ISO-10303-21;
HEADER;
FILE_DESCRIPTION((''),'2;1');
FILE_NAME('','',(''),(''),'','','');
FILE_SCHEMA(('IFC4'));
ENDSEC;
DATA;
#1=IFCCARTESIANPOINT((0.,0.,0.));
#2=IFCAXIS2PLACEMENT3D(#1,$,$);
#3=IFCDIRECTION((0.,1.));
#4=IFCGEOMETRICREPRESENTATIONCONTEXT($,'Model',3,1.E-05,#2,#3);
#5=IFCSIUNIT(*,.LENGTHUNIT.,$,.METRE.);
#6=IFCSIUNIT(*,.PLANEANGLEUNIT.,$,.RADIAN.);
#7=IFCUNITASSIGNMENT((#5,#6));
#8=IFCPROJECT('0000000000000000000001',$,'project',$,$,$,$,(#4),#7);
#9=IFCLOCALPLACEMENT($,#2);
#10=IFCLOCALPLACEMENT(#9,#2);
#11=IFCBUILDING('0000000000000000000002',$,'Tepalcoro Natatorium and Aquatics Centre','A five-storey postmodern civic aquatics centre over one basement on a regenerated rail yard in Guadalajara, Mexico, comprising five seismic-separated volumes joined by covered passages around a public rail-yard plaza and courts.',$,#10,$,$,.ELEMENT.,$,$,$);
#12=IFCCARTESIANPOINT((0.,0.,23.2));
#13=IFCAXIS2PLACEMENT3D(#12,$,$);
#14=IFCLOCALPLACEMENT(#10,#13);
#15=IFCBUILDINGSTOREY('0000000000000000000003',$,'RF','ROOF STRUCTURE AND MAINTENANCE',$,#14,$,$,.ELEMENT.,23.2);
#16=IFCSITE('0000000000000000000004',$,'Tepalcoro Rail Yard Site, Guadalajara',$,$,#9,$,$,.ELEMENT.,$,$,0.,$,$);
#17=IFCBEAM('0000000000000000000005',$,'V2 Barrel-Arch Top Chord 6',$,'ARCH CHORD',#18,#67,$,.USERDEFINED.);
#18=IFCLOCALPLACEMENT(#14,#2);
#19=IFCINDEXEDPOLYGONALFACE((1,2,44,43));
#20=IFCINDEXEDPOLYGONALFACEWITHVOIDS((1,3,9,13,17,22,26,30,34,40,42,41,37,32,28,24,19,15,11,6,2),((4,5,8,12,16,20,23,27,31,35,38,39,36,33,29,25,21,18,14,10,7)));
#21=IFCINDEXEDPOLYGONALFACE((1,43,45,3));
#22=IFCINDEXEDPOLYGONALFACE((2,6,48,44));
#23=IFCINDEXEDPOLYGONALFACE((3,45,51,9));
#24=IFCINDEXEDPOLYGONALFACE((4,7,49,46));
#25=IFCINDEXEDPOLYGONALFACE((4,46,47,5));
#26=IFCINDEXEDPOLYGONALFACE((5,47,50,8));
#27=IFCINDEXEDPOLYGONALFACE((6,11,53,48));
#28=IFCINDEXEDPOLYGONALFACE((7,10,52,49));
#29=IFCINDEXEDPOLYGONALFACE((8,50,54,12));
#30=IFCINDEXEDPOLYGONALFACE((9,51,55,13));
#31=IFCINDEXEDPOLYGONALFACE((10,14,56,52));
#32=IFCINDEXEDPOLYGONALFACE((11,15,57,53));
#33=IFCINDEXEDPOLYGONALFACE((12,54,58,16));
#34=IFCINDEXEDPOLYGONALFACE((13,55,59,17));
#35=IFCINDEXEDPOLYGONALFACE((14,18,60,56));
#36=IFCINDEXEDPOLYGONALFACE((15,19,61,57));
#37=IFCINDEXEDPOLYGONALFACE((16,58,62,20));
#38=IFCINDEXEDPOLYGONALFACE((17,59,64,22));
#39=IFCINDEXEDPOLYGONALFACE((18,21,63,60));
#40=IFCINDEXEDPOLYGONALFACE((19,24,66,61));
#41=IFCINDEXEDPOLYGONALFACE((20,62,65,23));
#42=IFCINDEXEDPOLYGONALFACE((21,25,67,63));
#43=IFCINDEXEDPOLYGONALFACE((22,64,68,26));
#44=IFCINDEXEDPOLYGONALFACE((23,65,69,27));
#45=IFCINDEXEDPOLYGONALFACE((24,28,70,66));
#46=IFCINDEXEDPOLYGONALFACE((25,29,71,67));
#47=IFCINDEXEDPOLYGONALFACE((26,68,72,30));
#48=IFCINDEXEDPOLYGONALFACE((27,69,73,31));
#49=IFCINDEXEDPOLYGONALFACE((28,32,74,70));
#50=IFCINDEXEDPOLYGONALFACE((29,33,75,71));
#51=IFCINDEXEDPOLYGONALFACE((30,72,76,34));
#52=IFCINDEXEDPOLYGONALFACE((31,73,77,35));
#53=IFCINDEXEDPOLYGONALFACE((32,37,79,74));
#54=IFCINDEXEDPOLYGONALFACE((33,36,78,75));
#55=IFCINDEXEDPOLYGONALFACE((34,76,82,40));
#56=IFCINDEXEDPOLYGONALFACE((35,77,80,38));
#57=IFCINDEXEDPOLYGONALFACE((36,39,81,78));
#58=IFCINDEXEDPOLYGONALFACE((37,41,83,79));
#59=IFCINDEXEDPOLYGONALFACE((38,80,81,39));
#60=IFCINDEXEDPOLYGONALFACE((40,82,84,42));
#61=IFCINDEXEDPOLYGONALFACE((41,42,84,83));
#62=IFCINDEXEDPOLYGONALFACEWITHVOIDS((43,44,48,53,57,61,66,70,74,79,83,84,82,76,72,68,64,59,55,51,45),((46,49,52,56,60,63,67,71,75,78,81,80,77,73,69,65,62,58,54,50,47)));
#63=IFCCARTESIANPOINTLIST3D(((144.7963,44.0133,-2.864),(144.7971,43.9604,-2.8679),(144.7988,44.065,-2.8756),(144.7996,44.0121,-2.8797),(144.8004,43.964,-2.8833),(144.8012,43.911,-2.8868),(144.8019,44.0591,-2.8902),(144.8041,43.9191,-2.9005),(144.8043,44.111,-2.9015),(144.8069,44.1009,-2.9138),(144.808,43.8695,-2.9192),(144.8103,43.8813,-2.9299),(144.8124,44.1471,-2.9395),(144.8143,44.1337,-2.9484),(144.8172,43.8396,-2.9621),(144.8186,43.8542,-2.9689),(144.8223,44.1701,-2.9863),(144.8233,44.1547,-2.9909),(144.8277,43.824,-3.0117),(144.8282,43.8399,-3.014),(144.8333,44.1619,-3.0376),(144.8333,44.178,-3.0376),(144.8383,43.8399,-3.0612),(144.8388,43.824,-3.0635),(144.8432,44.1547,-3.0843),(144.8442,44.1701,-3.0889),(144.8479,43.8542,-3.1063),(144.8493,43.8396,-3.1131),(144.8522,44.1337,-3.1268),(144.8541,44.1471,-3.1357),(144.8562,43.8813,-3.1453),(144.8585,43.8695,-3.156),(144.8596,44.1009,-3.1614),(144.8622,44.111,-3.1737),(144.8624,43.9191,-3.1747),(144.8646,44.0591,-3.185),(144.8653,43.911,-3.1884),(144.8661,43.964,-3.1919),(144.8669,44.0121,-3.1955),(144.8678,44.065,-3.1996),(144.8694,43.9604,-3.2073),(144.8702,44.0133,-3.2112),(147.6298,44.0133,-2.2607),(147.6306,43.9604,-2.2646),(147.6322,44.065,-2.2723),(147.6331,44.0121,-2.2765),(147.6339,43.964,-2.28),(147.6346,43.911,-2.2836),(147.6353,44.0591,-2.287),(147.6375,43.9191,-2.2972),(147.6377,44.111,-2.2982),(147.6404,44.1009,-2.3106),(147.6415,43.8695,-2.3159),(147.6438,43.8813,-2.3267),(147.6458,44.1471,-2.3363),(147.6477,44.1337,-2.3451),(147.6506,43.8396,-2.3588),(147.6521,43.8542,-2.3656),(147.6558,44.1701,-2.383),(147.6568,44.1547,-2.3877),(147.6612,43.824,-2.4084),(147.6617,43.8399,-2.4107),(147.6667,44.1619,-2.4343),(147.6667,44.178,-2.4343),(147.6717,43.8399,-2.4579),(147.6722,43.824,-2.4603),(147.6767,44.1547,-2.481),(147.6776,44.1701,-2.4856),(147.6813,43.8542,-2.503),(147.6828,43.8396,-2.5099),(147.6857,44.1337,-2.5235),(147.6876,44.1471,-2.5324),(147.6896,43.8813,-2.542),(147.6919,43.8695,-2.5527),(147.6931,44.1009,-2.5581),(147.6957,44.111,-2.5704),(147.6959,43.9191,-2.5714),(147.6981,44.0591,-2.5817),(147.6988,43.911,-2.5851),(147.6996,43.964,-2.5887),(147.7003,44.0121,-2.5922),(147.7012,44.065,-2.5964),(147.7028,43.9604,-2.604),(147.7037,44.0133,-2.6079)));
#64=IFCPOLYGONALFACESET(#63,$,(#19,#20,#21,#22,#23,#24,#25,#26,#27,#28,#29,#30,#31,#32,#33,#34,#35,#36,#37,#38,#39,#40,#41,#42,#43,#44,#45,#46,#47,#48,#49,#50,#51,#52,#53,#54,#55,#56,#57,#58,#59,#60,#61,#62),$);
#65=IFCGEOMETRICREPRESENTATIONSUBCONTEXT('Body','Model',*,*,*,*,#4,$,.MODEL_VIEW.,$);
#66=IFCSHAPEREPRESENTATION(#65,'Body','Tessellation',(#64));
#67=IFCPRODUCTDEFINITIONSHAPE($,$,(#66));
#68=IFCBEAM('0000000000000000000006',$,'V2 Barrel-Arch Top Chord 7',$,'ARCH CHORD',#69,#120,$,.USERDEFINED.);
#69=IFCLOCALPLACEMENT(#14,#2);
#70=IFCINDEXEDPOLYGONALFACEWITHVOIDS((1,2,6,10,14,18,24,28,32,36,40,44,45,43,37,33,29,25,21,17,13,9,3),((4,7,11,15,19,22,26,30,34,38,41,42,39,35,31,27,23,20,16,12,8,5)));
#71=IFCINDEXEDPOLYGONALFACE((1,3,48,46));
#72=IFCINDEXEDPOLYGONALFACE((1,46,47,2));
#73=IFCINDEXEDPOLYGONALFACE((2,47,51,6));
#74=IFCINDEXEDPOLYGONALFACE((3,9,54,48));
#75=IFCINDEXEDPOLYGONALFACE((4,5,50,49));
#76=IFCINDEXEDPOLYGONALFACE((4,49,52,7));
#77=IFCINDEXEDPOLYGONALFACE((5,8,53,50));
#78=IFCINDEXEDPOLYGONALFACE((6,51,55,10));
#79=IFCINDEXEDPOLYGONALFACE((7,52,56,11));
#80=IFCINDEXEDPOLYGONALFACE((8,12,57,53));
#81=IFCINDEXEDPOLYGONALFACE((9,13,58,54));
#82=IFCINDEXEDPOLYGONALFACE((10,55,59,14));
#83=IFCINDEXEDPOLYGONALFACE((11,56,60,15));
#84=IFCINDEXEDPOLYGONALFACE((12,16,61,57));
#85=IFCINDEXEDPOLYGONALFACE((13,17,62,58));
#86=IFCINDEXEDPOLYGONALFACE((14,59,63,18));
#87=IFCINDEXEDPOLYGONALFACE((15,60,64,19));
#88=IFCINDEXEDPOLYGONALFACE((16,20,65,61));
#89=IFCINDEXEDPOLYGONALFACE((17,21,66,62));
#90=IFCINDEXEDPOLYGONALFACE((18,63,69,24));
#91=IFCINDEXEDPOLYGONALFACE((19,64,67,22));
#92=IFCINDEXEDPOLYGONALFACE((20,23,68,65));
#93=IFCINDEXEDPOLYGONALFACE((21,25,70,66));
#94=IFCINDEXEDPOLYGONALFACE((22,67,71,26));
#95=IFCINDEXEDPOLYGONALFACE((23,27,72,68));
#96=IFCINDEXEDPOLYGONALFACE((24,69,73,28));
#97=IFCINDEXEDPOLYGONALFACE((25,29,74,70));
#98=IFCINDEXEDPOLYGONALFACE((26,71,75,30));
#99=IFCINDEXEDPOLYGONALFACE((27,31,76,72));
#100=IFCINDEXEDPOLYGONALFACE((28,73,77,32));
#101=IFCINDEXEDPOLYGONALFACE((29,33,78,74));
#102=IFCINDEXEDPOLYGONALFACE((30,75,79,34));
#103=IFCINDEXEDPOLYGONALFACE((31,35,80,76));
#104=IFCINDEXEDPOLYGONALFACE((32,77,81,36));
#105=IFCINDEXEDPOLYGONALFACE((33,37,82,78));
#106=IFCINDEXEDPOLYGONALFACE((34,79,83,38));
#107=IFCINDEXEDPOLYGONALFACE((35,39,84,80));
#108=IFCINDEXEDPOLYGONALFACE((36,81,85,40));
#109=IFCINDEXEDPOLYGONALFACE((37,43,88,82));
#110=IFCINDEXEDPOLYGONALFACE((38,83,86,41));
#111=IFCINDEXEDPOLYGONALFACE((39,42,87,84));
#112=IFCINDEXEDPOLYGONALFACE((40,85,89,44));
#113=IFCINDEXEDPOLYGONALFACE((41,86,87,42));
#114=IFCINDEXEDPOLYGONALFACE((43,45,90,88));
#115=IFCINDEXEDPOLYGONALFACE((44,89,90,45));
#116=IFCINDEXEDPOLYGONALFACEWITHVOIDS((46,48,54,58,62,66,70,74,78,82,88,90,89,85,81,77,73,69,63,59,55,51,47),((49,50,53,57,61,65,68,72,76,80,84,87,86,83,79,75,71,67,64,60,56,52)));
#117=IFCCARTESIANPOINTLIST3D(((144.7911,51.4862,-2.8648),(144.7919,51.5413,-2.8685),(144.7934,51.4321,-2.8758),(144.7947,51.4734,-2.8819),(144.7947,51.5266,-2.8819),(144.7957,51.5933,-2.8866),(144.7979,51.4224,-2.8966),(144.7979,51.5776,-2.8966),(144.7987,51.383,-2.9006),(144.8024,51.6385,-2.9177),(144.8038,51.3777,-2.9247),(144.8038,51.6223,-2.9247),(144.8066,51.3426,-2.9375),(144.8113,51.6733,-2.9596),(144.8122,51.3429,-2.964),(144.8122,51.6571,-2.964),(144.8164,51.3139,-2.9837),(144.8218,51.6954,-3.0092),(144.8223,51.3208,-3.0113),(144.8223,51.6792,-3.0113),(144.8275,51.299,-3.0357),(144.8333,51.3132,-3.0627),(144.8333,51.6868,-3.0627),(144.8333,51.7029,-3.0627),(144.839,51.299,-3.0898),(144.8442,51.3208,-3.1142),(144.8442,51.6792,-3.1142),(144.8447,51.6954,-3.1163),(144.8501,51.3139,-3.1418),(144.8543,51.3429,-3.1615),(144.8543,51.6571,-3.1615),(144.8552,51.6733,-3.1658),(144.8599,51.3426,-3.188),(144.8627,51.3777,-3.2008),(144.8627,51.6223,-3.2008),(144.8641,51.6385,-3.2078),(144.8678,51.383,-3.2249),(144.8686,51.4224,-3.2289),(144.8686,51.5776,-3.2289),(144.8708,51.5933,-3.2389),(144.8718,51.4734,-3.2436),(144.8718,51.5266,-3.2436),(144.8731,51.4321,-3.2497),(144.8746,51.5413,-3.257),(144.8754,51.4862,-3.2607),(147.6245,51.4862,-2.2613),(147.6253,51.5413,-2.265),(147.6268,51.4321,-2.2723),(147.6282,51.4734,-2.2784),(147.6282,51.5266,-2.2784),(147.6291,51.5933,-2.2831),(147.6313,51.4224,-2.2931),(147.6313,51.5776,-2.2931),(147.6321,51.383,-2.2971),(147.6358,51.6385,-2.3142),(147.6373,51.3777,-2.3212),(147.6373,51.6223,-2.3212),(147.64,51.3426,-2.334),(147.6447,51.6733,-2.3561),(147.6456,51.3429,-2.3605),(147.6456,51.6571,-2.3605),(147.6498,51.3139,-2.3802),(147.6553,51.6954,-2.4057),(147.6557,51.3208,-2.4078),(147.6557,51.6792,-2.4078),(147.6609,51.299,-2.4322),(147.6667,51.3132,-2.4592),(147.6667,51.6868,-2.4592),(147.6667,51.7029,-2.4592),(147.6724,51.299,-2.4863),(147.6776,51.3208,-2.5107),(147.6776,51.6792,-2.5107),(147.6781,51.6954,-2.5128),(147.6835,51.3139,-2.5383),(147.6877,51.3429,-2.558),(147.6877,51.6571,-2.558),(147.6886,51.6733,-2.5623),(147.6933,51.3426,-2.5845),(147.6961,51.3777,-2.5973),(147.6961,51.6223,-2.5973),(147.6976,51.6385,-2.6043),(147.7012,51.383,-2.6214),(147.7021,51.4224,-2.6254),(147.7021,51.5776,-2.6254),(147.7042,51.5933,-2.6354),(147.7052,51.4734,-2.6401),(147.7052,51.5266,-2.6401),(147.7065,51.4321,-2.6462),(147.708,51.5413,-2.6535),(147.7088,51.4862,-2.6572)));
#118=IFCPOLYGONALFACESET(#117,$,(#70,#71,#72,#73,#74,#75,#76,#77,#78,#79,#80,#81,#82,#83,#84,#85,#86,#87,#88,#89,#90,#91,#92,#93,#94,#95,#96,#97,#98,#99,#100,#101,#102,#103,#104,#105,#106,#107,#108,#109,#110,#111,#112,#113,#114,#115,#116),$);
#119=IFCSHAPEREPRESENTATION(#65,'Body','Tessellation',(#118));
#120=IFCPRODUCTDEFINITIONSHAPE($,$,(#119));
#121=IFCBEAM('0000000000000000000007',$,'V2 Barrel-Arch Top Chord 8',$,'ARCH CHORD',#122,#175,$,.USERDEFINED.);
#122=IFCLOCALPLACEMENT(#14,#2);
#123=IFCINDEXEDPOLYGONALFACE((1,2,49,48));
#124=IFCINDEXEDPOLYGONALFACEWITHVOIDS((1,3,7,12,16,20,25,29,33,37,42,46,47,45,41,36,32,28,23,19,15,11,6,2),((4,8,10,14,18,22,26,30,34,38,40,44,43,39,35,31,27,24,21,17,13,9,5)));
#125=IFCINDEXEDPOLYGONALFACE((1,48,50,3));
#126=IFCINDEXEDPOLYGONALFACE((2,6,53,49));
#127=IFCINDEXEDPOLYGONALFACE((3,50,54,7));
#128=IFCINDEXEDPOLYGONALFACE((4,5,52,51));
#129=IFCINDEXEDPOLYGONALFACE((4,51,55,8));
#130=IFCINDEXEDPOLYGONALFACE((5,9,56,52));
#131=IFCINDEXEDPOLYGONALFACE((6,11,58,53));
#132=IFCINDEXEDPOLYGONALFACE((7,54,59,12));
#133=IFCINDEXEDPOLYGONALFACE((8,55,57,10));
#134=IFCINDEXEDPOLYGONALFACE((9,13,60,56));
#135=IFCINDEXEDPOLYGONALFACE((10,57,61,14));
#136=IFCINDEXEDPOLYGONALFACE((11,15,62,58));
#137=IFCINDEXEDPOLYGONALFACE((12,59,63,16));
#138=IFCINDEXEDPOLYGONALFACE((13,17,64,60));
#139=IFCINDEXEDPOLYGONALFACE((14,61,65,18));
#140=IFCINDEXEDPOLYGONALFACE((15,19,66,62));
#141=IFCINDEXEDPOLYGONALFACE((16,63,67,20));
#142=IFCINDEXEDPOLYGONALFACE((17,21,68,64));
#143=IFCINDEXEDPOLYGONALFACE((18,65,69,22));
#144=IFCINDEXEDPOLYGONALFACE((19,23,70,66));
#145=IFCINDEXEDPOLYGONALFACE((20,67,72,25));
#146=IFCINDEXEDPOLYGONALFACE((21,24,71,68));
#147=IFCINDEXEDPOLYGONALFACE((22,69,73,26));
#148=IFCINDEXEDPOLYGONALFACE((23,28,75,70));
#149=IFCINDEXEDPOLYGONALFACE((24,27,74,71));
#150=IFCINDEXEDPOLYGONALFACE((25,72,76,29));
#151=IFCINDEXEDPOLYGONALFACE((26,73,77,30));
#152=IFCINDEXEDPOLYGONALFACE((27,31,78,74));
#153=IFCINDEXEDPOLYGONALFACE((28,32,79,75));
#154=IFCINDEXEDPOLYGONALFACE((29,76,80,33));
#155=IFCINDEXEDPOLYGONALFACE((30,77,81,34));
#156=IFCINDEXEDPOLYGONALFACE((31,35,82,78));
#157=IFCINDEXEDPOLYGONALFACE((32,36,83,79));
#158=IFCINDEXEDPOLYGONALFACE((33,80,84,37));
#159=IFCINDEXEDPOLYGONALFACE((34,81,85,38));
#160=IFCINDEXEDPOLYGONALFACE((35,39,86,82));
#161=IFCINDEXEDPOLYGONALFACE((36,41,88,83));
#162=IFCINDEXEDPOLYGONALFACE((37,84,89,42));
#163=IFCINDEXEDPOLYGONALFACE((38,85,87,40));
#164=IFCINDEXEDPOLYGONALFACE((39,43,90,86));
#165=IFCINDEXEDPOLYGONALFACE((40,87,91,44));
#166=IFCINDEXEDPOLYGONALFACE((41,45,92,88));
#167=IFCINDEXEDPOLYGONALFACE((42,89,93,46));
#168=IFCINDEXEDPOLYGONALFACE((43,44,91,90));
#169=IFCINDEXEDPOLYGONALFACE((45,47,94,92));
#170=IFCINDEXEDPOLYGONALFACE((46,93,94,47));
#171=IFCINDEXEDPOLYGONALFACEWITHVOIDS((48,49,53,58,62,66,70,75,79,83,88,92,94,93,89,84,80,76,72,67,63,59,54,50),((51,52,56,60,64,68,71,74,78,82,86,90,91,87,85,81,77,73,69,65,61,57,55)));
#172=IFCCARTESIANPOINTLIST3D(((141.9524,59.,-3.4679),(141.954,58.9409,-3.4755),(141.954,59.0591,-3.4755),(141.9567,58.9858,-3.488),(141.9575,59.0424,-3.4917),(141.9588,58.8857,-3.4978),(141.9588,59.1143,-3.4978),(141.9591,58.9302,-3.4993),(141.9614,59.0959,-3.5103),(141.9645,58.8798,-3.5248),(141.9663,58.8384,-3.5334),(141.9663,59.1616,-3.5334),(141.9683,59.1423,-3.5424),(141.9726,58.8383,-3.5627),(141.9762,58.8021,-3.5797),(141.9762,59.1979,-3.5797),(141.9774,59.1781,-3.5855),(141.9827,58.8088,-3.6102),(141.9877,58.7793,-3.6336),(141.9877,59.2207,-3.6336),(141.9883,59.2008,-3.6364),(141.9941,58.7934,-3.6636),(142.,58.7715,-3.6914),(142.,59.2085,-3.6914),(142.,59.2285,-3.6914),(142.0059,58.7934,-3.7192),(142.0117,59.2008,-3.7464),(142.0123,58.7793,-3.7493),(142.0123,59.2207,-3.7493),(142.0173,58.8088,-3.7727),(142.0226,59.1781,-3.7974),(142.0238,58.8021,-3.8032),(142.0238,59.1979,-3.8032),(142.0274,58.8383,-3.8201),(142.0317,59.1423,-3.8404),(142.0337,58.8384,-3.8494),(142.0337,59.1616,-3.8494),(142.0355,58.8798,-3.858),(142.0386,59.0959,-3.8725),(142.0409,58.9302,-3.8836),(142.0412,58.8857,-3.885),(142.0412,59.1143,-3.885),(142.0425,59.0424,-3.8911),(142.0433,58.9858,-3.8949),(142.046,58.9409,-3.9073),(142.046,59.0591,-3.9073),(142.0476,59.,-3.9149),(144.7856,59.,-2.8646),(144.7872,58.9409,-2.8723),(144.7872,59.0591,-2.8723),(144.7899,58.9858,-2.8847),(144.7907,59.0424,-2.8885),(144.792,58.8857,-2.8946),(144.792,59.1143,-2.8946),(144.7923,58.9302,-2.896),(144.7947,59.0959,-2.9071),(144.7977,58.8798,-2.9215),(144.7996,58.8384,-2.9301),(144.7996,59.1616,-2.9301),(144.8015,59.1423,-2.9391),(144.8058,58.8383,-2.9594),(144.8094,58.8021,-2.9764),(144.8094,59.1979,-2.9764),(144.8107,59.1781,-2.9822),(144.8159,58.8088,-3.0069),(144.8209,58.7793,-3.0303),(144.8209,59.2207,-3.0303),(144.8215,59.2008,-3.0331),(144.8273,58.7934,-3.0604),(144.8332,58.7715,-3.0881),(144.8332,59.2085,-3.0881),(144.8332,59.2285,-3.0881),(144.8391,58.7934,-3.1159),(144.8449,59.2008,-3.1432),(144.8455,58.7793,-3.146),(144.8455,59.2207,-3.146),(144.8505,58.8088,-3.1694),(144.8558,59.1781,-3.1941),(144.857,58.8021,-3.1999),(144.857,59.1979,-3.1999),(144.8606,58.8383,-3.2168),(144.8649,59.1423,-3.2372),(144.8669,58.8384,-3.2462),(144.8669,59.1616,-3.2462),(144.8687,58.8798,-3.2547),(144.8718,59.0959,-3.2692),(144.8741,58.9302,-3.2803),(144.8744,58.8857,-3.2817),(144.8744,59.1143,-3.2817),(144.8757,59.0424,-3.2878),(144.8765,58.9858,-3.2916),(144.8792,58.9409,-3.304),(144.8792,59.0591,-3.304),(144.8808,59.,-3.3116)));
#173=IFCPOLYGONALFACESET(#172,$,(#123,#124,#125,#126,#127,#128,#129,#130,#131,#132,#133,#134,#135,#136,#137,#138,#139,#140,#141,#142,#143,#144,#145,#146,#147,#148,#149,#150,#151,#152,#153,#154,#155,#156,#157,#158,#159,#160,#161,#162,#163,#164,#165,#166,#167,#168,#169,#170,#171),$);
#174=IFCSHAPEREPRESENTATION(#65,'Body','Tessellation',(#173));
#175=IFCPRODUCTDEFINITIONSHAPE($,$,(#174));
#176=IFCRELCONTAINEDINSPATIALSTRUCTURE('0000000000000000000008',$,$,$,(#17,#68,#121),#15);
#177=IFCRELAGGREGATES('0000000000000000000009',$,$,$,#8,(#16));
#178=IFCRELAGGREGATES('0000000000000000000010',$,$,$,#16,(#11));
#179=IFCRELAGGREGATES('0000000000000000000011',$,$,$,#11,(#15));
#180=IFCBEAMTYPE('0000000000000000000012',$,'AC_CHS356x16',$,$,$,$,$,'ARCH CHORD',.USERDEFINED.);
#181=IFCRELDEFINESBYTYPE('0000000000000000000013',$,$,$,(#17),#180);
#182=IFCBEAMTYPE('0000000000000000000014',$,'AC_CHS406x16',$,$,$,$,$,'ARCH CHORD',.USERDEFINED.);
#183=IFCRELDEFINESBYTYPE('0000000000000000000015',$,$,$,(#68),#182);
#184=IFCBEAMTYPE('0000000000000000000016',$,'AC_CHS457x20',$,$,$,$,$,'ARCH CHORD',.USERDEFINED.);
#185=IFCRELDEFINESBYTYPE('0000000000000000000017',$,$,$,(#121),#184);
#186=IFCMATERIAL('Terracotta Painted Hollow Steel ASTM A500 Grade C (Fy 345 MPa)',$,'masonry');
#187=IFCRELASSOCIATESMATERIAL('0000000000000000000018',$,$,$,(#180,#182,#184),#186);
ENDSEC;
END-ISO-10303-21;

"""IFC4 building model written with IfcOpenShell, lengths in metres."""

from ifc_helpers import new_model, si_unit, direction, frame, origin, origin_2d, place, context, subcontext, project, spatial, hollow_circle, extrude, material, material_profile, profile_set, type_object, element, save


model = new_model("IFC4")

# Units and contexts
model_context = context("Model", 3, precision=1e-05, world=origin(), true_north=direction((0.0, 1.0)))
body_context = subcontext(model_context, "Body", "Model", "MODEL_VIEW")
ifc_project = project(units=[si_unit("LENGTHUNIT", "METRE"), si_unit("PLANEANGLEUNIT", "RADIAN")], contexts=[model_context])

# Site, building, storey
site_placement = place(None, origin())
site = spatial("IfcSite", under=ifc_project, at=site_placement, Name="Tepalcoro Rail Yard Site, Guadalajara", CompositionType="ELEMENT", RefElevation=0.0)
building_placement = place(site_placement, origin())
building = spatial("IfcBuilding", under=site, at=building_placement, Name="Tepalcoro Natatorium and Aquatics Centre", Description="A five-storey postmodern civic aquatics centre over one basement on a regenerated rail yard in Guadalajara, Mexico, comprising five seismic-separated volumes joined by covered passages around a public rail-yard plaza and courts.", CompositionType="ELEMENT")
storey_placement = place(building_placement, frame((0.0, 0.0, 23.2)))
storey = spatial("IfcBuildingStorey", under=building, at=storey_placement, Name="RF", Description="ROOF STRUCTURE AND MAINTENANCE", CompositionType="ELEMENT", Elevation=23.2)

# Beams
ifc_material_1 = material(Name="Terracotta Painted Hollow Steel ASTM A500 Grade C (Fy 345 MPa)", Category="masonry")
ifc_material_profile_1 = material_profile(ifc_material_1, hollow_circle(Radius=0.178, WallThickness=0.0161, at=origin_2d()), Name="CHS356X16")
ifc_profile_set_1 = profile_set([ifc_material_profile_1], Name="Terracotta Painted Hollow Steel ASTM A500 Grade C (Fy 345 MPa)")
beam_type_1 = type_object("IfcBeamType", Name="AC_CHS356x16", ElementType="ARCH CHORD", PredefinedType="USERDEFINED", material=ifc_profile_set_1)
beam_1_placement = place(storey_placement, frame((144.8333, 44.0, -3.0376), z_axis=(0.978078, 0.0, 0.20824), x_axis=(0.0, 1.0, 0.0)))
element("IfcBeam", 1, at=beam_1_placement, inside=storey, type_object=beam_type_1, Name="V2 Barrel-Arch Top Chord 6", ObjectType="ARCH CHORD", PredefinedType="USERDEFINED", context=body_context, shape_type="SweptSolid", body=[
    extrude(hollow_circle(Radius=0.178, WallThickness=0.0161, at=origin_2d()), origin(), (0.0, 0.0, 1.0), 2.897),
])
ifc_material_profile_2 = material_profile(ifc_material_1, hollow_circle(Radius=0.2029, WallThickness=0.0161, at=origin_2d()), Name="CHS406X16")
ifc_profile_set_2 = profile_set([ifc_material_profile_2], Name="Terracotta Painted Hollow Steel ASTM A500 Grade C (Fy 345 MPa)")
beam_type_2 = type_object("IfcBeamType", Name="AC_CHS406x16", ElementType="ARCH CHORD", PredefinedType="USERDEFINED", material=ifc_profile_set_2)
beam_2_placement = place(storey_placement, frame((144.8333, 51.5, -3.0627), z_axis=(0.978061, 0.0, 0.20832), x_axis=(0.0, 1.0, 0.0)))
element("IfcBeam", 2, at=beam_2_placement, inside=storey, type_object=beam_type_2, Name="V2 Barrel-Arch Top Chord 7", ObjectType="ARCH CHORD", PredefinedType="USERDEFINED", context=body_context, shape_type="SweptSolid", body=[
    extrude(hollow_circle(Radius=0.2029, WallThickness=0.0161, at=origin_2d()), origin(), (0.0, 0.0, 1.0), 2.897),
])
ifc_material_profile_3 = material_profile(ifc_material_1, hollow_circle(Radius=0.2285, WallThickness=0.02, at=origin_2d()), Name="CHS457X20")
ifc_profile_set_3 = profile_set([ifc_material_profile_3], Name="Terracotta Painted Hollow Steel ASTM A500 Grade C (Fy 345 MPa)")
beam_type_3 = type_object("IfcBeamType", Name="AC_CHS457x20", ElementType="ARCH CHORD", PredefinedType="USERDEFINED", material=ifc_profile_set_3)
beam_3_placement = place(storey_placement, frame((142.0, 59.0, -3.6914), z_axis=(0.978074, 0.0, 0.208257), x_axis=(0.0, 1.0, 0.0)))
element("IfcBeam", 3, at=beam_3_placement, inside=storey, type_object=beam_type_3, Name="V2 Barrel-Arch Top Chord 8", ObjectType="ARCH CHORD", PredefinedType="USERDEFINED", context=body_context, shape_type="SweptSolid", body=[
    extrude(hollow_circle(Radius=0.2285, WallThickness=0.02, at=origin_2d()), origin(), (0.0, 0.0, 1.0), 2.8967),
])

save(model, "model.ifc")
